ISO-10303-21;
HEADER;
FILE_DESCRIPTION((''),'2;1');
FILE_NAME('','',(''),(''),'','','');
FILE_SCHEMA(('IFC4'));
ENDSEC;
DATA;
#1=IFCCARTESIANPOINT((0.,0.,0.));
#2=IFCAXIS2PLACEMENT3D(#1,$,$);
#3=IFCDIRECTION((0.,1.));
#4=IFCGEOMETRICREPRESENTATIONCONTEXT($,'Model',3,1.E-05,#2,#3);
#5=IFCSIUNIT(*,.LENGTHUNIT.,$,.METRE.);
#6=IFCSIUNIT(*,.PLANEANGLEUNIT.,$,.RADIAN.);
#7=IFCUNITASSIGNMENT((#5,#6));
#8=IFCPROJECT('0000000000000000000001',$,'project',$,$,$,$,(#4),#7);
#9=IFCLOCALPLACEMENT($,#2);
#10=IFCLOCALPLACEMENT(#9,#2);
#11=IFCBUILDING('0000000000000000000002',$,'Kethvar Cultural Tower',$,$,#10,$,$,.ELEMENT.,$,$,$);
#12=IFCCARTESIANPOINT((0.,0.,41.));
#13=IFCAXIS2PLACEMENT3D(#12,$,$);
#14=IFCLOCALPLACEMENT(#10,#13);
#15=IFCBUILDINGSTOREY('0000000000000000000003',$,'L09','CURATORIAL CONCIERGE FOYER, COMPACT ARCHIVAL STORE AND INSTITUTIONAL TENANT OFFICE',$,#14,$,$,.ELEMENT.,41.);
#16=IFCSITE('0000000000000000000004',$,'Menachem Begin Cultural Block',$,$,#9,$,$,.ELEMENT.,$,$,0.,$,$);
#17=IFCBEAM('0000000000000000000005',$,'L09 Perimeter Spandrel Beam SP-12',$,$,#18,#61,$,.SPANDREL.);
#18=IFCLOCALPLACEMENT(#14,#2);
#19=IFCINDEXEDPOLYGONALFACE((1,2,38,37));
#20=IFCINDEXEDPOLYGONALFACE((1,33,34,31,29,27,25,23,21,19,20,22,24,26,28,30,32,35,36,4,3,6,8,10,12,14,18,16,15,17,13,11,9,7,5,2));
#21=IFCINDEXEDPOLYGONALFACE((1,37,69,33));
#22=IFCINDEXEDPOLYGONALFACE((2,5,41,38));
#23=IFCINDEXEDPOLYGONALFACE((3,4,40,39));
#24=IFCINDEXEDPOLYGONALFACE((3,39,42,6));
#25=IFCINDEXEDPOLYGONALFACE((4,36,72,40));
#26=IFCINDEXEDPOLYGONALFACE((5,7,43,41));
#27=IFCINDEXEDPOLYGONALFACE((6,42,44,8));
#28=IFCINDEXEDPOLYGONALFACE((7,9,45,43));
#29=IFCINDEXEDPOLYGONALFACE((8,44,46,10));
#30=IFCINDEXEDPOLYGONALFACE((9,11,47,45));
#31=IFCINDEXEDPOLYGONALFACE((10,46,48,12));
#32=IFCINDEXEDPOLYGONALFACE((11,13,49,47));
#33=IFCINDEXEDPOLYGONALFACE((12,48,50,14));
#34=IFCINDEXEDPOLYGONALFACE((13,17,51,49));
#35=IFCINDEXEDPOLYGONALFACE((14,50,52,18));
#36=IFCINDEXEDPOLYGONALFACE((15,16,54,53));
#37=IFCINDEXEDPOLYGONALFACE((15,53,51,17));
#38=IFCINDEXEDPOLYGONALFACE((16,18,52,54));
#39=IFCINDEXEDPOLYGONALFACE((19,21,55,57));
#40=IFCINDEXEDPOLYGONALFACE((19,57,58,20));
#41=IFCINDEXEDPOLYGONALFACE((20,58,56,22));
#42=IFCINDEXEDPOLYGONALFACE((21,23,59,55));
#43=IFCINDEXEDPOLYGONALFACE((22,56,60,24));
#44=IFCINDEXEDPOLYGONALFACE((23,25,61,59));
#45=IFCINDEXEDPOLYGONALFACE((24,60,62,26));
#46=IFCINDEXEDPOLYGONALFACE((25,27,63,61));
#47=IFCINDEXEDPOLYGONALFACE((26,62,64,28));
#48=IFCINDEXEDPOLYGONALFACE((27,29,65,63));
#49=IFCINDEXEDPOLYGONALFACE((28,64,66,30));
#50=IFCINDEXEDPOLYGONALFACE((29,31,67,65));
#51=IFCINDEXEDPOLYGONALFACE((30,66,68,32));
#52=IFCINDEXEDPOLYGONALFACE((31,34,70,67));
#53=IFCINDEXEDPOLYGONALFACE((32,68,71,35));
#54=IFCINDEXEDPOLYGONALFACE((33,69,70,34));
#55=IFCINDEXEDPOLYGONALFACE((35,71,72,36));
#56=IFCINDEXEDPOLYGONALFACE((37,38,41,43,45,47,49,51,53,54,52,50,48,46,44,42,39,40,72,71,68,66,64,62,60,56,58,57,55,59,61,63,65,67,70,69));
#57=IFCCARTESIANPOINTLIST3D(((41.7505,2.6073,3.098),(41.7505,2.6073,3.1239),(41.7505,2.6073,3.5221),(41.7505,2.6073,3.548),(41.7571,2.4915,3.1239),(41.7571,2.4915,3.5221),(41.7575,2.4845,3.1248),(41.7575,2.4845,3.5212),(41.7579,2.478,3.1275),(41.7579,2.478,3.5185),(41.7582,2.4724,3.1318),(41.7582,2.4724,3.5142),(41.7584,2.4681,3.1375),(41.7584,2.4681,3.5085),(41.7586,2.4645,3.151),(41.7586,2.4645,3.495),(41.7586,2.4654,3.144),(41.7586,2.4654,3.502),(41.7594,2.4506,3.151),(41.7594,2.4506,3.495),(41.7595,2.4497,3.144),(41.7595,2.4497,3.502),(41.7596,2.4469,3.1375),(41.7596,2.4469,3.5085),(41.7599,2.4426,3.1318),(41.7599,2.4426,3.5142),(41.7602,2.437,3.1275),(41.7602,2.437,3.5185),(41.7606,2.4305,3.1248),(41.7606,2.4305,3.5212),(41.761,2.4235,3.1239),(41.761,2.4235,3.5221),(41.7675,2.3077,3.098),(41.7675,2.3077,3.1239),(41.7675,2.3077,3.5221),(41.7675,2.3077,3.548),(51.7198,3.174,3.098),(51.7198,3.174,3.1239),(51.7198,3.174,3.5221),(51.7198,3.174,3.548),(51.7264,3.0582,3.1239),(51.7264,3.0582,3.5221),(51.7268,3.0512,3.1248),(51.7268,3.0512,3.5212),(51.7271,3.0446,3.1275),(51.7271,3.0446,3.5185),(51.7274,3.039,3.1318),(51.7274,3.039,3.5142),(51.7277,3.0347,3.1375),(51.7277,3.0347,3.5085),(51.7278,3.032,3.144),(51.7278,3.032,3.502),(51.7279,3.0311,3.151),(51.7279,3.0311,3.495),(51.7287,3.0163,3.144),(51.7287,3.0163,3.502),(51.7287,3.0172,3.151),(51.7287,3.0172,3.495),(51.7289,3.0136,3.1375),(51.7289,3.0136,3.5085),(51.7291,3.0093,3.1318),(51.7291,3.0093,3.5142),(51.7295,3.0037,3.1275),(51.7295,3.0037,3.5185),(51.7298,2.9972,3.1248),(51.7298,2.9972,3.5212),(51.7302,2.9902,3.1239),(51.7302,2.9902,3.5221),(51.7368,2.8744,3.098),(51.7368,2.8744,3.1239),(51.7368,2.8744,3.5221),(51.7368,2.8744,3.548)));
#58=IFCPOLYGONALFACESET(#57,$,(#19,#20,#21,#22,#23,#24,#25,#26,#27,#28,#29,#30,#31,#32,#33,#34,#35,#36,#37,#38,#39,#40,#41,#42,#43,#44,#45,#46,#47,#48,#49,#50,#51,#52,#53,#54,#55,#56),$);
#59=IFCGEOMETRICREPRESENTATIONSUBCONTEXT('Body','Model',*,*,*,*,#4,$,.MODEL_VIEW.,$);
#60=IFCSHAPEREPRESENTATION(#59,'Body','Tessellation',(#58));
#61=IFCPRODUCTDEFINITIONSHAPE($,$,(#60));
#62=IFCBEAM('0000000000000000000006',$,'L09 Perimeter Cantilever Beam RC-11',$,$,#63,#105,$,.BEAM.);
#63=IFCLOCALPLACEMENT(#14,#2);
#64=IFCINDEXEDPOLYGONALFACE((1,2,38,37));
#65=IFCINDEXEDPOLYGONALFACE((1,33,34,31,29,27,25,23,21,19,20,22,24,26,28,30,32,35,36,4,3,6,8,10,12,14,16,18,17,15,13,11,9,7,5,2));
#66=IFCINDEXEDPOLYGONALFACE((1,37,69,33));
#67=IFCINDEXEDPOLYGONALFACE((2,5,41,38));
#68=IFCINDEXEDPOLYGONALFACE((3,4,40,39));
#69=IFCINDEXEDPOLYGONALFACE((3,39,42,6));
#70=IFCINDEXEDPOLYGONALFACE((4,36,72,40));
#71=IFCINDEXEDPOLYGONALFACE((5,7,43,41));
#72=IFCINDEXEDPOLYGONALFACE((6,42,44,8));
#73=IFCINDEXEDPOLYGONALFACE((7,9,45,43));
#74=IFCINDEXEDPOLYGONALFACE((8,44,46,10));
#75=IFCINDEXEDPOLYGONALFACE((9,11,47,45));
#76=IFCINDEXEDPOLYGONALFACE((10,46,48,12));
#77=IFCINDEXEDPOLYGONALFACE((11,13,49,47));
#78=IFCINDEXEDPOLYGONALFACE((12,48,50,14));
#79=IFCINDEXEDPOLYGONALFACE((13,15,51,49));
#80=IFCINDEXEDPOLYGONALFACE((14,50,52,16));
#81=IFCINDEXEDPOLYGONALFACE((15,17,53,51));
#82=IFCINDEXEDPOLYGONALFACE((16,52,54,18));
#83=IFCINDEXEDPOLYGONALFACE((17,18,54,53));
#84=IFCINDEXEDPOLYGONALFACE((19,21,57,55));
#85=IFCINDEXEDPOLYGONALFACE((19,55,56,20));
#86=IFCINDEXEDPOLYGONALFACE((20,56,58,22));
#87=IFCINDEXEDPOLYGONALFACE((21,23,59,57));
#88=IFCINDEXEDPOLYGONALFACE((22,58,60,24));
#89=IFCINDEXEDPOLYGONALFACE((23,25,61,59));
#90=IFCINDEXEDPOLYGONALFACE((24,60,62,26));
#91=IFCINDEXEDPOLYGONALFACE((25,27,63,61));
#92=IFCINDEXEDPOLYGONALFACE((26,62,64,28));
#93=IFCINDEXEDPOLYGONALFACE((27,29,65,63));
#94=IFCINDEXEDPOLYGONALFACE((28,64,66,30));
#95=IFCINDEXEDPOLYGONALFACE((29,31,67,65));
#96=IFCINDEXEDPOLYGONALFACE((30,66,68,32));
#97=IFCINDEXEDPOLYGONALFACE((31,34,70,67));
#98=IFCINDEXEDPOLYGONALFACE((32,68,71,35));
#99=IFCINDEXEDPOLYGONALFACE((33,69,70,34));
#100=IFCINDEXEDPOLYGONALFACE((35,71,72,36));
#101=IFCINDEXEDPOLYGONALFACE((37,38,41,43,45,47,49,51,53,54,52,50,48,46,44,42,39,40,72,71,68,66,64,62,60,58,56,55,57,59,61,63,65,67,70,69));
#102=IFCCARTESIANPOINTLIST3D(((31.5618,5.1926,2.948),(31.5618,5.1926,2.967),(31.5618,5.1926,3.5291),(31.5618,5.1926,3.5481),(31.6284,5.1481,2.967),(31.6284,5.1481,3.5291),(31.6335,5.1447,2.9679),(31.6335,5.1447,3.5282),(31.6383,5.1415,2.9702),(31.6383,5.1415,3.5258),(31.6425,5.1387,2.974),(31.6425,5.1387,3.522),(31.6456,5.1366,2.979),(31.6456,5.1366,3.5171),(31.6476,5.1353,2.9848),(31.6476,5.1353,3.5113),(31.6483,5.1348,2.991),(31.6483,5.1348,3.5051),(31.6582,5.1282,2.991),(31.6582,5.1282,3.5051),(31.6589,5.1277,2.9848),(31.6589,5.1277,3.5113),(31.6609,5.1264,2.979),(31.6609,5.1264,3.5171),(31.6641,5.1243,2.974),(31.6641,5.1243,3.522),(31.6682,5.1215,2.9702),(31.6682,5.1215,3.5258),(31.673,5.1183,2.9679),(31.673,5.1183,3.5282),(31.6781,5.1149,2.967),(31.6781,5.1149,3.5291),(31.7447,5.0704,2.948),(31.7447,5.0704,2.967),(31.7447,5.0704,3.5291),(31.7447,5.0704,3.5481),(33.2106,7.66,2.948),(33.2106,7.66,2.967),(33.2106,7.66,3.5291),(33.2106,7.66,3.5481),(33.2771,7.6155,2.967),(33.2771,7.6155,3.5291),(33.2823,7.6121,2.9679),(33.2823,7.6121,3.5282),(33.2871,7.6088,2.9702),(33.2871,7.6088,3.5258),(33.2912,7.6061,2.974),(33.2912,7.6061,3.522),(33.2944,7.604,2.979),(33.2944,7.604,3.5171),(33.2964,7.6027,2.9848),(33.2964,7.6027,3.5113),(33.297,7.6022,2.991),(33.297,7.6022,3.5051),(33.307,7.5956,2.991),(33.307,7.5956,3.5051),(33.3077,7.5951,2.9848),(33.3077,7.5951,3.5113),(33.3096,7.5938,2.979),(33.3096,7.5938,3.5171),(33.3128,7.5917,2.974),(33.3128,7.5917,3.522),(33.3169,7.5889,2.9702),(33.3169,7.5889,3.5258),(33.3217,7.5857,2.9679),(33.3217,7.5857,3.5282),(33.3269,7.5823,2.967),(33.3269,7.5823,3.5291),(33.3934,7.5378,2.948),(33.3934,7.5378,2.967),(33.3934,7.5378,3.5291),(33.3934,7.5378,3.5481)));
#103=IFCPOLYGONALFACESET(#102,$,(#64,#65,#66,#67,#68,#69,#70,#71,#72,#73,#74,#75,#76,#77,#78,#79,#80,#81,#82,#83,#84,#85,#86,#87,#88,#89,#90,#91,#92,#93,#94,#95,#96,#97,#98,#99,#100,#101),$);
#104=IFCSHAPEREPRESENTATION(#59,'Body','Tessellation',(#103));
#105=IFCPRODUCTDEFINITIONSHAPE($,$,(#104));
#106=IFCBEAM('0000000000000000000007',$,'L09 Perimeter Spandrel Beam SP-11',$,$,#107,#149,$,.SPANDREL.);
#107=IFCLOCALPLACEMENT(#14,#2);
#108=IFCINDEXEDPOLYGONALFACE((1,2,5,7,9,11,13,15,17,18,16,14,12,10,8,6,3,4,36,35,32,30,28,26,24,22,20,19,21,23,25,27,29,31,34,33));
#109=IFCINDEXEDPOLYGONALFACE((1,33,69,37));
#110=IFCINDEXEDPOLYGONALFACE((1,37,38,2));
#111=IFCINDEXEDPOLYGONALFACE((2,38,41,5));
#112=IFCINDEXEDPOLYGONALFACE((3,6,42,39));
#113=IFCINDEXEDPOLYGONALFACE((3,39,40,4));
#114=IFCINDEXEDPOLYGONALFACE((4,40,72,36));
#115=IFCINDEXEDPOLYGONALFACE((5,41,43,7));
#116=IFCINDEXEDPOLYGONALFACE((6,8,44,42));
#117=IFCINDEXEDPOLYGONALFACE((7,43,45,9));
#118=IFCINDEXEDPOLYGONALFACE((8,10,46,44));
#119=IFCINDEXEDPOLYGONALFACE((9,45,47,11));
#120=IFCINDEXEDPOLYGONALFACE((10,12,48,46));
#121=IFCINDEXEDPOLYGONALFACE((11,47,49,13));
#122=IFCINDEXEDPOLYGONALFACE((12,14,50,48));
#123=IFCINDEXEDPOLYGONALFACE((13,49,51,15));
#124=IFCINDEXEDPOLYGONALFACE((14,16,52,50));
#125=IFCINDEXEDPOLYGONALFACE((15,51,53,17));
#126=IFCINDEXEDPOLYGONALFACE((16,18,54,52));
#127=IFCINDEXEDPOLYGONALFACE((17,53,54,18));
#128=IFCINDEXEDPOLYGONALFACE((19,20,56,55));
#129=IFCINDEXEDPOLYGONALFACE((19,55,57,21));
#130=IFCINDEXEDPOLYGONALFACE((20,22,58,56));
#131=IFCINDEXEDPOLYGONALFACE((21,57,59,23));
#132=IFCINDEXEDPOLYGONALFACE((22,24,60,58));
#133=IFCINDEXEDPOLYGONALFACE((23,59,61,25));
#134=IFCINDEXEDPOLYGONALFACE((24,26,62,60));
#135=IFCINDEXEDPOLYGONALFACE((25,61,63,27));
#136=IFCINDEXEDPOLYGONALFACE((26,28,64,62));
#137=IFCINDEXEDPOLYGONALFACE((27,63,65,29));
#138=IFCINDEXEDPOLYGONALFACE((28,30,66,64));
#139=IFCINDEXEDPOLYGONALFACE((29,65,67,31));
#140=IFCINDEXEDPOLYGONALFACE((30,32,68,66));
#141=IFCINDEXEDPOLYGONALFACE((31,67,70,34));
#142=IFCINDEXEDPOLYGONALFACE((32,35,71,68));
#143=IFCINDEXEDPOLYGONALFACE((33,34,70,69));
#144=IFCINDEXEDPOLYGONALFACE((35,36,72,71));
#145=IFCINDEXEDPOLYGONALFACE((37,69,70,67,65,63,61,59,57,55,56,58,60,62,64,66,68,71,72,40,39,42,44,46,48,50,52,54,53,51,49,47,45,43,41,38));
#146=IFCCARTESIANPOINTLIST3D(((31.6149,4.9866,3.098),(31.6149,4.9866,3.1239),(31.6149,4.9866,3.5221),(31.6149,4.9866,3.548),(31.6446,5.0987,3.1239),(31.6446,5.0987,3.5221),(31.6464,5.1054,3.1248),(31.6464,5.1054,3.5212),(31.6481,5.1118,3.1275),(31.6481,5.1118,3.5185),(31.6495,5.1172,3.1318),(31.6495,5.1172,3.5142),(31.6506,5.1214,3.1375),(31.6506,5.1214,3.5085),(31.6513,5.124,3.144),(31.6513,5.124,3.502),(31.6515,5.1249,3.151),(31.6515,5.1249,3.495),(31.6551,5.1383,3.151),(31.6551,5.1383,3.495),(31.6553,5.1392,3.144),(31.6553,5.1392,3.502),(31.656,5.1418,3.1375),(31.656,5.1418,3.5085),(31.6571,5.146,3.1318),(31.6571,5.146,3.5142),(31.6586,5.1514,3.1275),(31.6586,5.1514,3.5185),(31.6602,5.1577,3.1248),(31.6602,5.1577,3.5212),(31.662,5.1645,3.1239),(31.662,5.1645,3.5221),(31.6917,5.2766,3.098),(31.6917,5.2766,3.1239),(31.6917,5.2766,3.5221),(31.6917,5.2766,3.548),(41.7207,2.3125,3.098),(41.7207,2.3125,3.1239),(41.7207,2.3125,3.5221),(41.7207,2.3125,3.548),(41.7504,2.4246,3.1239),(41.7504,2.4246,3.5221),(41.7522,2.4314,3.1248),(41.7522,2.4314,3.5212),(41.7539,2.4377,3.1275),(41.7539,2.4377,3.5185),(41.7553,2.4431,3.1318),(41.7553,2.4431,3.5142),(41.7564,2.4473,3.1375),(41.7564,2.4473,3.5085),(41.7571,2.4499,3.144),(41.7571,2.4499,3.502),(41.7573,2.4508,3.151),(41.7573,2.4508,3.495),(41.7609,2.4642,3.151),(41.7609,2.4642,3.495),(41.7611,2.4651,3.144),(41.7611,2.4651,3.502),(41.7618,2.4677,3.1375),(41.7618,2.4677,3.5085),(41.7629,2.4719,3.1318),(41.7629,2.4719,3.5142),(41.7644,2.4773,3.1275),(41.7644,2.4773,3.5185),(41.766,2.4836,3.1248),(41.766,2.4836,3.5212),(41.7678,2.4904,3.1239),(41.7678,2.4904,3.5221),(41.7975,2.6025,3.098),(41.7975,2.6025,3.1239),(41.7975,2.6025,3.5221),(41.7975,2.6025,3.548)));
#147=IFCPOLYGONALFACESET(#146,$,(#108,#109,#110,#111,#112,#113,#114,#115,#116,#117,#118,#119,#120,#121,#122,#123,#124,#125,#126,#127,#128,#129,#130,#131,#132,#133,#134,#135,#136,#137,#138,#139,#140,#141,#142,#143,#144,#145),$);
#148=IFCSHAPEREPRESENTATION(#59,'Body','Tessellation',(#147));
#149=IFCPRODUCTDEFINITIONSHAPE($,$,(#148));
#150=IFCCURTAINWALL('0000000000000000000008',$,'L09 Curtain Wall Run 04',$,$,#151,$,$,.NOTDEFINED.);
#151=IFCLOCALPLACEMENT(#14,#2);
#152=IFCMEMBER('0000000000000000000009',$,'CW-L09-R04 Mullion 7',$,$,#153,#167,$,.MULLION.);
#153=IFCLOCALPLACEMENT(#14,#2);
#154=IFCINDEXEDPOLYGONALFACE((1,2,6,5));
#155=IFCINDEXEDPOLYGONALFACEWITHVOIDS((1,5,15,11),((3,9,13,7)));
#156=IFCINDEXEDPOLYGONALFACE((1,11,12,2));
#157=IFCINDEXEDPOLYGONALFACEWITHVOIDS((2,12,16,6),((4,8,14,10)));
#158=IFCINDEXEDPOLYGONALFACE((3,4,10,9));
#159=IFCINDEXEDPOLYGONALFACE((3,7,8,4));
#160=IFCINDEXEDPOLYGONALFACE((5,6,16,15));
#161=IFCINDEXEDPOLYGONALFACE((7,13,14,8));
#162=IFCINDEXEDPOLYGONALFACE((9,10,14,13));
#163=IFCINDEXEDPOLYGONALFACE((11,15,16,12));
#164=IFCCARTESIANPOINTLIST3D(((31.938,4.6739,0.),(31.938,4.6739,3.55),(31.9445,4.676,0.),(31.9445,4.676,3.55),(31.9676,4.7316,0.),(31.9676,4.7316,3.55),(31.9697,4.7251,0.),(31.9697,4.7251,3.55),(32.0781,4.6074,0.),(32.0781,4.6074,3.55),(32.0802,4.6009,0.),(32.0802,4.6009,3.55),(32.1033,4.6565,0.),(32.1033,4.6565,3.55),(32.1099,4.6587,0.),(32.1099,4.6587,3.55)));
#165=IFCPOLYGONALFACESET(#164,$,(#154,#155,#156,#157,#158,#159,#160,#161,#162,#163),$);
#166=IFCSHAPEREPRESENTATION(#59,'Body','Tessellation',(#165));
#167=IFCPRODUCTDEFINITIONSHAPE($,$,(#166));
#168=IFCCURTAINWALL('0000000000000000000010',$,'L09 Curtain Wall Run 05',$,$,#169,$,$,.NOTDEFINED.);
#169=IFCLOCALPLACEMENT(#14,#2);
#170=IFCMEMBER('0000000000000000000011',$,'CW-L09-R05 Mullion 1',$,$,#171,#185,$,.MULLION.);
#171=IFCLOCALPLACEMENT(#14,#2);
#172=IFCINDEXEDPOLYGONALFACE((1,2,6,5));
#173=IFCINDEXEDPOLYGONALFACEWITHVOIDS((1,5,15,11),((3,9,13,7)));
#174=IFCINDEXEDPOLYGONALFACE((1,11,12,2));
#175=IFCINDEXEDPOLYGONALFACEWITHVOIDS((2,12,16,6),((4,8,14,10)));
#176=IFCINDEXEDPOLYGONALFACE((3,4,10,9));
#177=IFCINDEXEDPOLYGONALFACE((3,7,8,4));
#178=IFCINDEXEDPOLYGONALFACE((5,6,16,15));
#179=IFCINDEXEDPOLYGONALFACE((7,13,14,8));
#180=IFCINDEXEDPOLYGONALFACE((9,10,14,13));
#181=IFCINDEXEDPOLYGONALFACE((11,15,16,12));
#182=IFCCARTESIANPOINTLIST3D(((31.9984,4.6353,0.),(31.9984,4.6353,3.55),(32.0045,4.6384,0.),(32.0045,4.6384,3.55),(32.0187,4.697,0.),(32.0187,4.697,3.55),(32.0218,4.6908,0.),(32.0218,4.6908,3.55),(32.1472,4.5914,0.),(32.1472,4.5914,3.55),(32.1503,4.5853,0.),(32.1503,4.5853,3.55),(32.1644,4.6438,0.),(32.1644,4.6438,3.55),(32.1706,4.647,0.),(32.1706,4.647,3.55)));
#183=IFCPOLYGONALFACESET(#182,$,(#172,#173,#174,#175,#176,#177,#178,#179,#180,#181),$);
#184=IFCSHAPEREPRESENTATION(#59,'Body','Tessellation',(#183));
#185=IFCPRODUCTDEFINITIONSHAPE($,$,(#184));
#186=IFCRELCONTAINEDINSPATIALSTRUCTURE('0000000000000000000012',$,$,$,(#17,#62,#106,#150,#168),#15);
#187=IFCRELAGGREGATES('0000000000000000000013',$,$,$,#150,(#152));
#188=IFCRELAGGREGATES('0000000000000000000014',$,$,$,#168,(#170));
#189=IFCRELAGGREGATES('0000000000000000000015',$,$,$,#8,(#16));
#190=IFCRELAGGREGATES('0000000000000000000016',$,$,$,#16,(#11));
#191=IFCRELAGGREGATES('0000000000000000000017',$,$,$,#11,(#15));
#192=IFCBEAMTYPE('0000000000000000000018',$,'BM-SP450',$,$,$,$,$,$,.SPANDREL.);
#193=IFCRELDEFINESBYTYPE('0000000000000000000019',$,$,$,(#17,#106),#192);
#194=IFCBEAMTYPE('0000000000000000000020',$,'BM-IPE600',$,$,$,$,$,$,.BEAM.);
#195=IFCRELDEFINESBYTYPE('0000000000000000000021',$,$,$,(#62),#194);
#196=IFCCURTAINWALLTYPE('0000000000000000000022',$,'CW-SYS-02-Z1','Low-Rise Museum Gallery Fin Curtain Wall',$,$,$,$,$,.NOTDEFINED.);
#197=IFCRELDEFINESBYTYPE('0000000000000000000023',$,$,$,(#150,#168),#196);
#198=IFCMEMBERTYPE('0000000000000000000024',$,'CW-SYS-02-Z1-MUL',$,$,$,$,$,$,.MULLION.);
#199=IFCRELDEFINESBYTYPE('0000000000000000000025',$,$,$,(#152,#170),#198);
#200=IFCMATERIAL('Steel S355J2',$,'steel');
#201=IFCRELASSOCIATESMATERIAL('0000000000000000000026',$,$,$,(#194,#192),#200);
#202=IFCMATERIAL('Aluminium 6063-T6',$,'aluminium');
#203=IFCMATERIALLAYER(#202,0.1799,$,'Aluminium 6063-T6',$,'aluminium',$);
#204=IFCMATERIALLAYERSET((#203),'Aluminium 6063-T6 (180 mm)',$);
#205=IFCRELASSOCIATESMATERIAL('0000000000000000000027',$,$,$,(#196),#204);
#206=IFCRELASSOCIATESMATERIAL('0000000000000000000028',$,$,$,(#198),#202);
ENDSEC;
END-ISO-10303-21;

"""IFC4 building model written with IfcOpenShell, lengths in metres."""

from ifc_helpers import new_model, si_unit, direction, frame, origin, origin_2d, place, context, subcontext, project, spatial, hollow_rectangle, i_section, extrude, source, transform, mapped, material, layer, layer_set, material_profile, profile_set, type_object, element, aggregate, save


model = new_model("IFC4")

# Units and contexts
model_context = context("Model", 3, precision=1e-05, world=origin(), true_north=direction((0.0, 1.0)))
body_context = subcontext(model_context, "Body", "Model", "MODEL_VIEW")
ifc_project = project(units=[si_unit("LENGTHUNIT", "METRE"), si_unit("PLANEANGLEUNIT", "RADIAN")], contexts=[model_context])

# Site, building, storey
site_placement = place(None, origin())
site = spatial("IfcSite", under=ifc_project, at=site_placement, Name="Menachem Begin Cultural Block", CompositionType="ELEMENT", RefElevation=0.0)
building_placement = place(site_placement, origin())
building = spatial("IfcBuilding", under=site, at=building_placement, Name="Kethvar Cultural Tower", CompositionType="ELEMENT")
storey_placement = place(building_placement, frame((0.0, 0.0, 41.0)))
storey = spatial("IfcBuildingStorey", under=building, at=storey_placement, Name="L09", Description="CURATORIAL CONCIERGE FOYER, COMPACT ARCHIVAL STORE AND INSTITUTIONAL TENANT OFFICE", CompositionType="ELEMENT", Elevation=41.0)

# Beams
ifc_material_1 = material(Name="Steel S355J2", Category="steel")
ifc_material_profile_1 = material_profile(ifc_material_1, i_section(OverallWidth=0.22, OverallDepth=0.6001, WebThickness=0.012, FlangeThickness=0.019, FilletRadius=0.0239, at=origin_2d()), Name="Steel S355J2 — IPE600")
ifc_profile_set_1 = profile_set([ifc_material_profile_1], Name="Steel S355J2 — IPE600")
beam_type_1 = type_object("IfcBeamType", Name="BM-IPE600", PredefinedType="BEAM", material=ifc_profile_set_1)
ifc_material_profile_2 = material_profile(ifc_material_1, i_section(OverallWidth=0.3, OverallDepth=0.45, WebThickness=0.0139, FlangeThickness=0.0259, FilletRadius=0.0271, at=origin_2d()), Name="Steel S355J2 — HEB450")
ifc_profile_set_2 = profile_set([ifc_material_profile_2], Name="Steel S355J2 — HEB450")
beam_type_2 = type_object("IfcBeamType", Name="BM-SP450", PredefinedType="SPANDREL", material=ifc_profile_set_2)
shared_shape_1 = source(origin(), body_context, "Body", "SweptSolid", [
    extrude(i_section(OverallWidth=0.3, OverallDepth=0.45, WebThickness=0.0139, FlangeThickness=0.0259, FilletRadius=0.0271, at=origin_2d()), origin(), (0.0, 0.0, 1.0), 9.9854),
])
beam_1_placement = place(storey_placement, frame((41.759, 2.4575, 3.323), z_axis=(0.998389, 0.056748, 0.0), x_axis=(-0.056748, 0.998389, 0.0)))
element("IfcBeam", 1, at=beam_1_placement, inside=storey, type_object=beam_type_2, Name="L09 Perimeter Spandrel Beam SP-12", PredefinedType="SPANDREL", context=body_context, shape_type="MappedRepresentation", body=[
    mapped(shared_shape_1, transform((0.0, 0.0, 0.0), scale=1.0)),
])
shared_shape_2 = source(origin(), body_context, "Body", "SweptSolid", [
    extrude(i_section(OverallWidth=0.22, OverallDepth=0.6001, WebThickness=0.012, FlangeThickness=0.019, FilletRadius=0.0239, at=origin_2d()), origin(), (0.0, 0.0, 1.0), 2.9675),
])
beam_2_placement = place(storey_placement, frame((33.302, 7.5989, 3.248), z_axis=(-0.555592, -0.831455, 0.0), x_axis=(0.831455, -0.555592, 0.0)))
element("IfcBeam", 2, at=beam_2_placement, inside=storey, type_object=beam_type_1, Name="L09 Perimeter Cantilever Beam RC-11", PredefinedType="BEAM", context=body_context, shape_type="MappedRepresentation", body=[
    mapped(shared_shape_2, transform((0.0, 0.0, 0.0), scale=1.0)),
])
shared_shape_3 = source(origin(), body_context, "Body", "SweptSolid", [
    extrude(i_section(OverallWidth=0.3, OverallDepth=0.45, WebThickness=0.0139, FlangeThickness=0.0259, FilletRadius=0.0271, at=origin_2d()), origin(), (0.0, 0.0, 1.0), 10.4536),
])
beam_3_placement = place(storey_placement, frame((31.6533, 5.1316, 3.323), z_axis=(0.966728, -0.255806, 0.0), x_axis=(0.255806, 0.966728, 0.0)))
element("IfcBeam", 3, at=beam_3_placement, inside=storey, type_object=beam_type_2, Name="L09 Perimeter Spandrel Beam SP-11", PredefinedType="SPANDREL", context=body_context, shape_type="MappedRepresentation", body=[
    mapped(shared_shape_3, transform((0.0, 0.0, 0.0), scale=1.0)),
])

# Curtain wall, member
ifc_material_2 = material(Name="Aluminium 6063-T6", Category="aluminium")
ifc_layer_1 = layer(ifc_material_2, 0.1799, Name="Aluminium 6063-T6", Category="aluminium")
ifc_layer_set_1 = layer_set([ifc_layer_1], Name="Aluminium 6063-T6 (180 mm)")
curtain_wall_type = type_object("IfcCurtainWallType", Name="CW-SYS-02-Z1", Description="Low-Rise Museum Gallery Fin Curtain Wall", PredefinedType="NOTDEFINED", material=ifc_layer_set_1)
curtain_wall_1_placement = place(storey_placement, origin())
curtain_wall_1 = element("IfcCurtainWall", 4, at=curtain_wall_1_placement, inside=storey, type_object=curtain_wall_type, Name="L09 Curtain Wall Run 04", PredefinedType="NOTDEFINED")
ifc_material_profile_3 = material_profile(ifc_material_2, hollow_rectangle(XDim=0.0649, YDim=0.1599, WallThickness=0.0049, at=origin_2d()), Name="Aluminium 6063-T6 — RHS160x65x5")
ifc_profile_set_3 = profile_set([ifc_material_profile_3], Name="Aluminium 6063-T6 — RHS160x65x5")
member_type_1 = type_object("IfcMemberType", Name="CW-SYS-02-Z1-MUL", PredefinedType="MULLION", material=ifc_profile_set_3)
shared_shape_4 = source(origin(), body_context, "Body", "SweptSolid", [
    extrude(hollow_rectangle(XDim=0.0649, YDim=0.1599, WallThickness=0.0049, at=origin_2d()), origin(), (0.0, 0.0, 1.0), 3.55),
])
member_1_placement = place(storey_placement, frame((32.0239, 4.6663, 0.0), z_axis=(0.0, 0.0, 1.0), x_axis=(0.456415, 0.889767, 0.0)))
member_1 = element("IfcMember", 5, at=member_1_placement, type_object=member_type_1, Name="CW-L09-R04 Mullion 7", PredefinedType="MULLION", context=body_context, shape_type="MappedRepresentation", body=[
    mapped(shared_shape_4, transform((0.0, 0.0, 0.0), scale=1.0)),
])

# Curtain wall, member
curtain_wall_2_placement = place(storey_placement, origin())
curtain_wall_2 = element("IfcCurtainWall", 6, at=curtain_wall_2_placement, inside=storey, type_object=curtain_wall_type, Name="L09 Curtain Wall Run 05", PredefinedType="NOTDEFINED")
member_2_placement = place(storey_placement, frame((32.0845, 4.6411, 0.0), z_axis=(0.0, 0.0, 1.0), x_axis=(0.312683, 0.949858, 0.0)))
member_2 = element("IfcMember", 7, at=member_2_placement, type_object=member_type_1, Name="CW-L09-R05 Mullion 1", PredefinedType="MULLION", context=body_context, shape_type="MappedRepresentation", body=[
    mapped(shared_shape_4, transform((0.0, 0.0, 0.0), scale=1.0)),
])

aggregate(curtain_wall_1, [member_1])
aggregate(curtain_wall_2, [member_2])

save(model, "model.ifc")
